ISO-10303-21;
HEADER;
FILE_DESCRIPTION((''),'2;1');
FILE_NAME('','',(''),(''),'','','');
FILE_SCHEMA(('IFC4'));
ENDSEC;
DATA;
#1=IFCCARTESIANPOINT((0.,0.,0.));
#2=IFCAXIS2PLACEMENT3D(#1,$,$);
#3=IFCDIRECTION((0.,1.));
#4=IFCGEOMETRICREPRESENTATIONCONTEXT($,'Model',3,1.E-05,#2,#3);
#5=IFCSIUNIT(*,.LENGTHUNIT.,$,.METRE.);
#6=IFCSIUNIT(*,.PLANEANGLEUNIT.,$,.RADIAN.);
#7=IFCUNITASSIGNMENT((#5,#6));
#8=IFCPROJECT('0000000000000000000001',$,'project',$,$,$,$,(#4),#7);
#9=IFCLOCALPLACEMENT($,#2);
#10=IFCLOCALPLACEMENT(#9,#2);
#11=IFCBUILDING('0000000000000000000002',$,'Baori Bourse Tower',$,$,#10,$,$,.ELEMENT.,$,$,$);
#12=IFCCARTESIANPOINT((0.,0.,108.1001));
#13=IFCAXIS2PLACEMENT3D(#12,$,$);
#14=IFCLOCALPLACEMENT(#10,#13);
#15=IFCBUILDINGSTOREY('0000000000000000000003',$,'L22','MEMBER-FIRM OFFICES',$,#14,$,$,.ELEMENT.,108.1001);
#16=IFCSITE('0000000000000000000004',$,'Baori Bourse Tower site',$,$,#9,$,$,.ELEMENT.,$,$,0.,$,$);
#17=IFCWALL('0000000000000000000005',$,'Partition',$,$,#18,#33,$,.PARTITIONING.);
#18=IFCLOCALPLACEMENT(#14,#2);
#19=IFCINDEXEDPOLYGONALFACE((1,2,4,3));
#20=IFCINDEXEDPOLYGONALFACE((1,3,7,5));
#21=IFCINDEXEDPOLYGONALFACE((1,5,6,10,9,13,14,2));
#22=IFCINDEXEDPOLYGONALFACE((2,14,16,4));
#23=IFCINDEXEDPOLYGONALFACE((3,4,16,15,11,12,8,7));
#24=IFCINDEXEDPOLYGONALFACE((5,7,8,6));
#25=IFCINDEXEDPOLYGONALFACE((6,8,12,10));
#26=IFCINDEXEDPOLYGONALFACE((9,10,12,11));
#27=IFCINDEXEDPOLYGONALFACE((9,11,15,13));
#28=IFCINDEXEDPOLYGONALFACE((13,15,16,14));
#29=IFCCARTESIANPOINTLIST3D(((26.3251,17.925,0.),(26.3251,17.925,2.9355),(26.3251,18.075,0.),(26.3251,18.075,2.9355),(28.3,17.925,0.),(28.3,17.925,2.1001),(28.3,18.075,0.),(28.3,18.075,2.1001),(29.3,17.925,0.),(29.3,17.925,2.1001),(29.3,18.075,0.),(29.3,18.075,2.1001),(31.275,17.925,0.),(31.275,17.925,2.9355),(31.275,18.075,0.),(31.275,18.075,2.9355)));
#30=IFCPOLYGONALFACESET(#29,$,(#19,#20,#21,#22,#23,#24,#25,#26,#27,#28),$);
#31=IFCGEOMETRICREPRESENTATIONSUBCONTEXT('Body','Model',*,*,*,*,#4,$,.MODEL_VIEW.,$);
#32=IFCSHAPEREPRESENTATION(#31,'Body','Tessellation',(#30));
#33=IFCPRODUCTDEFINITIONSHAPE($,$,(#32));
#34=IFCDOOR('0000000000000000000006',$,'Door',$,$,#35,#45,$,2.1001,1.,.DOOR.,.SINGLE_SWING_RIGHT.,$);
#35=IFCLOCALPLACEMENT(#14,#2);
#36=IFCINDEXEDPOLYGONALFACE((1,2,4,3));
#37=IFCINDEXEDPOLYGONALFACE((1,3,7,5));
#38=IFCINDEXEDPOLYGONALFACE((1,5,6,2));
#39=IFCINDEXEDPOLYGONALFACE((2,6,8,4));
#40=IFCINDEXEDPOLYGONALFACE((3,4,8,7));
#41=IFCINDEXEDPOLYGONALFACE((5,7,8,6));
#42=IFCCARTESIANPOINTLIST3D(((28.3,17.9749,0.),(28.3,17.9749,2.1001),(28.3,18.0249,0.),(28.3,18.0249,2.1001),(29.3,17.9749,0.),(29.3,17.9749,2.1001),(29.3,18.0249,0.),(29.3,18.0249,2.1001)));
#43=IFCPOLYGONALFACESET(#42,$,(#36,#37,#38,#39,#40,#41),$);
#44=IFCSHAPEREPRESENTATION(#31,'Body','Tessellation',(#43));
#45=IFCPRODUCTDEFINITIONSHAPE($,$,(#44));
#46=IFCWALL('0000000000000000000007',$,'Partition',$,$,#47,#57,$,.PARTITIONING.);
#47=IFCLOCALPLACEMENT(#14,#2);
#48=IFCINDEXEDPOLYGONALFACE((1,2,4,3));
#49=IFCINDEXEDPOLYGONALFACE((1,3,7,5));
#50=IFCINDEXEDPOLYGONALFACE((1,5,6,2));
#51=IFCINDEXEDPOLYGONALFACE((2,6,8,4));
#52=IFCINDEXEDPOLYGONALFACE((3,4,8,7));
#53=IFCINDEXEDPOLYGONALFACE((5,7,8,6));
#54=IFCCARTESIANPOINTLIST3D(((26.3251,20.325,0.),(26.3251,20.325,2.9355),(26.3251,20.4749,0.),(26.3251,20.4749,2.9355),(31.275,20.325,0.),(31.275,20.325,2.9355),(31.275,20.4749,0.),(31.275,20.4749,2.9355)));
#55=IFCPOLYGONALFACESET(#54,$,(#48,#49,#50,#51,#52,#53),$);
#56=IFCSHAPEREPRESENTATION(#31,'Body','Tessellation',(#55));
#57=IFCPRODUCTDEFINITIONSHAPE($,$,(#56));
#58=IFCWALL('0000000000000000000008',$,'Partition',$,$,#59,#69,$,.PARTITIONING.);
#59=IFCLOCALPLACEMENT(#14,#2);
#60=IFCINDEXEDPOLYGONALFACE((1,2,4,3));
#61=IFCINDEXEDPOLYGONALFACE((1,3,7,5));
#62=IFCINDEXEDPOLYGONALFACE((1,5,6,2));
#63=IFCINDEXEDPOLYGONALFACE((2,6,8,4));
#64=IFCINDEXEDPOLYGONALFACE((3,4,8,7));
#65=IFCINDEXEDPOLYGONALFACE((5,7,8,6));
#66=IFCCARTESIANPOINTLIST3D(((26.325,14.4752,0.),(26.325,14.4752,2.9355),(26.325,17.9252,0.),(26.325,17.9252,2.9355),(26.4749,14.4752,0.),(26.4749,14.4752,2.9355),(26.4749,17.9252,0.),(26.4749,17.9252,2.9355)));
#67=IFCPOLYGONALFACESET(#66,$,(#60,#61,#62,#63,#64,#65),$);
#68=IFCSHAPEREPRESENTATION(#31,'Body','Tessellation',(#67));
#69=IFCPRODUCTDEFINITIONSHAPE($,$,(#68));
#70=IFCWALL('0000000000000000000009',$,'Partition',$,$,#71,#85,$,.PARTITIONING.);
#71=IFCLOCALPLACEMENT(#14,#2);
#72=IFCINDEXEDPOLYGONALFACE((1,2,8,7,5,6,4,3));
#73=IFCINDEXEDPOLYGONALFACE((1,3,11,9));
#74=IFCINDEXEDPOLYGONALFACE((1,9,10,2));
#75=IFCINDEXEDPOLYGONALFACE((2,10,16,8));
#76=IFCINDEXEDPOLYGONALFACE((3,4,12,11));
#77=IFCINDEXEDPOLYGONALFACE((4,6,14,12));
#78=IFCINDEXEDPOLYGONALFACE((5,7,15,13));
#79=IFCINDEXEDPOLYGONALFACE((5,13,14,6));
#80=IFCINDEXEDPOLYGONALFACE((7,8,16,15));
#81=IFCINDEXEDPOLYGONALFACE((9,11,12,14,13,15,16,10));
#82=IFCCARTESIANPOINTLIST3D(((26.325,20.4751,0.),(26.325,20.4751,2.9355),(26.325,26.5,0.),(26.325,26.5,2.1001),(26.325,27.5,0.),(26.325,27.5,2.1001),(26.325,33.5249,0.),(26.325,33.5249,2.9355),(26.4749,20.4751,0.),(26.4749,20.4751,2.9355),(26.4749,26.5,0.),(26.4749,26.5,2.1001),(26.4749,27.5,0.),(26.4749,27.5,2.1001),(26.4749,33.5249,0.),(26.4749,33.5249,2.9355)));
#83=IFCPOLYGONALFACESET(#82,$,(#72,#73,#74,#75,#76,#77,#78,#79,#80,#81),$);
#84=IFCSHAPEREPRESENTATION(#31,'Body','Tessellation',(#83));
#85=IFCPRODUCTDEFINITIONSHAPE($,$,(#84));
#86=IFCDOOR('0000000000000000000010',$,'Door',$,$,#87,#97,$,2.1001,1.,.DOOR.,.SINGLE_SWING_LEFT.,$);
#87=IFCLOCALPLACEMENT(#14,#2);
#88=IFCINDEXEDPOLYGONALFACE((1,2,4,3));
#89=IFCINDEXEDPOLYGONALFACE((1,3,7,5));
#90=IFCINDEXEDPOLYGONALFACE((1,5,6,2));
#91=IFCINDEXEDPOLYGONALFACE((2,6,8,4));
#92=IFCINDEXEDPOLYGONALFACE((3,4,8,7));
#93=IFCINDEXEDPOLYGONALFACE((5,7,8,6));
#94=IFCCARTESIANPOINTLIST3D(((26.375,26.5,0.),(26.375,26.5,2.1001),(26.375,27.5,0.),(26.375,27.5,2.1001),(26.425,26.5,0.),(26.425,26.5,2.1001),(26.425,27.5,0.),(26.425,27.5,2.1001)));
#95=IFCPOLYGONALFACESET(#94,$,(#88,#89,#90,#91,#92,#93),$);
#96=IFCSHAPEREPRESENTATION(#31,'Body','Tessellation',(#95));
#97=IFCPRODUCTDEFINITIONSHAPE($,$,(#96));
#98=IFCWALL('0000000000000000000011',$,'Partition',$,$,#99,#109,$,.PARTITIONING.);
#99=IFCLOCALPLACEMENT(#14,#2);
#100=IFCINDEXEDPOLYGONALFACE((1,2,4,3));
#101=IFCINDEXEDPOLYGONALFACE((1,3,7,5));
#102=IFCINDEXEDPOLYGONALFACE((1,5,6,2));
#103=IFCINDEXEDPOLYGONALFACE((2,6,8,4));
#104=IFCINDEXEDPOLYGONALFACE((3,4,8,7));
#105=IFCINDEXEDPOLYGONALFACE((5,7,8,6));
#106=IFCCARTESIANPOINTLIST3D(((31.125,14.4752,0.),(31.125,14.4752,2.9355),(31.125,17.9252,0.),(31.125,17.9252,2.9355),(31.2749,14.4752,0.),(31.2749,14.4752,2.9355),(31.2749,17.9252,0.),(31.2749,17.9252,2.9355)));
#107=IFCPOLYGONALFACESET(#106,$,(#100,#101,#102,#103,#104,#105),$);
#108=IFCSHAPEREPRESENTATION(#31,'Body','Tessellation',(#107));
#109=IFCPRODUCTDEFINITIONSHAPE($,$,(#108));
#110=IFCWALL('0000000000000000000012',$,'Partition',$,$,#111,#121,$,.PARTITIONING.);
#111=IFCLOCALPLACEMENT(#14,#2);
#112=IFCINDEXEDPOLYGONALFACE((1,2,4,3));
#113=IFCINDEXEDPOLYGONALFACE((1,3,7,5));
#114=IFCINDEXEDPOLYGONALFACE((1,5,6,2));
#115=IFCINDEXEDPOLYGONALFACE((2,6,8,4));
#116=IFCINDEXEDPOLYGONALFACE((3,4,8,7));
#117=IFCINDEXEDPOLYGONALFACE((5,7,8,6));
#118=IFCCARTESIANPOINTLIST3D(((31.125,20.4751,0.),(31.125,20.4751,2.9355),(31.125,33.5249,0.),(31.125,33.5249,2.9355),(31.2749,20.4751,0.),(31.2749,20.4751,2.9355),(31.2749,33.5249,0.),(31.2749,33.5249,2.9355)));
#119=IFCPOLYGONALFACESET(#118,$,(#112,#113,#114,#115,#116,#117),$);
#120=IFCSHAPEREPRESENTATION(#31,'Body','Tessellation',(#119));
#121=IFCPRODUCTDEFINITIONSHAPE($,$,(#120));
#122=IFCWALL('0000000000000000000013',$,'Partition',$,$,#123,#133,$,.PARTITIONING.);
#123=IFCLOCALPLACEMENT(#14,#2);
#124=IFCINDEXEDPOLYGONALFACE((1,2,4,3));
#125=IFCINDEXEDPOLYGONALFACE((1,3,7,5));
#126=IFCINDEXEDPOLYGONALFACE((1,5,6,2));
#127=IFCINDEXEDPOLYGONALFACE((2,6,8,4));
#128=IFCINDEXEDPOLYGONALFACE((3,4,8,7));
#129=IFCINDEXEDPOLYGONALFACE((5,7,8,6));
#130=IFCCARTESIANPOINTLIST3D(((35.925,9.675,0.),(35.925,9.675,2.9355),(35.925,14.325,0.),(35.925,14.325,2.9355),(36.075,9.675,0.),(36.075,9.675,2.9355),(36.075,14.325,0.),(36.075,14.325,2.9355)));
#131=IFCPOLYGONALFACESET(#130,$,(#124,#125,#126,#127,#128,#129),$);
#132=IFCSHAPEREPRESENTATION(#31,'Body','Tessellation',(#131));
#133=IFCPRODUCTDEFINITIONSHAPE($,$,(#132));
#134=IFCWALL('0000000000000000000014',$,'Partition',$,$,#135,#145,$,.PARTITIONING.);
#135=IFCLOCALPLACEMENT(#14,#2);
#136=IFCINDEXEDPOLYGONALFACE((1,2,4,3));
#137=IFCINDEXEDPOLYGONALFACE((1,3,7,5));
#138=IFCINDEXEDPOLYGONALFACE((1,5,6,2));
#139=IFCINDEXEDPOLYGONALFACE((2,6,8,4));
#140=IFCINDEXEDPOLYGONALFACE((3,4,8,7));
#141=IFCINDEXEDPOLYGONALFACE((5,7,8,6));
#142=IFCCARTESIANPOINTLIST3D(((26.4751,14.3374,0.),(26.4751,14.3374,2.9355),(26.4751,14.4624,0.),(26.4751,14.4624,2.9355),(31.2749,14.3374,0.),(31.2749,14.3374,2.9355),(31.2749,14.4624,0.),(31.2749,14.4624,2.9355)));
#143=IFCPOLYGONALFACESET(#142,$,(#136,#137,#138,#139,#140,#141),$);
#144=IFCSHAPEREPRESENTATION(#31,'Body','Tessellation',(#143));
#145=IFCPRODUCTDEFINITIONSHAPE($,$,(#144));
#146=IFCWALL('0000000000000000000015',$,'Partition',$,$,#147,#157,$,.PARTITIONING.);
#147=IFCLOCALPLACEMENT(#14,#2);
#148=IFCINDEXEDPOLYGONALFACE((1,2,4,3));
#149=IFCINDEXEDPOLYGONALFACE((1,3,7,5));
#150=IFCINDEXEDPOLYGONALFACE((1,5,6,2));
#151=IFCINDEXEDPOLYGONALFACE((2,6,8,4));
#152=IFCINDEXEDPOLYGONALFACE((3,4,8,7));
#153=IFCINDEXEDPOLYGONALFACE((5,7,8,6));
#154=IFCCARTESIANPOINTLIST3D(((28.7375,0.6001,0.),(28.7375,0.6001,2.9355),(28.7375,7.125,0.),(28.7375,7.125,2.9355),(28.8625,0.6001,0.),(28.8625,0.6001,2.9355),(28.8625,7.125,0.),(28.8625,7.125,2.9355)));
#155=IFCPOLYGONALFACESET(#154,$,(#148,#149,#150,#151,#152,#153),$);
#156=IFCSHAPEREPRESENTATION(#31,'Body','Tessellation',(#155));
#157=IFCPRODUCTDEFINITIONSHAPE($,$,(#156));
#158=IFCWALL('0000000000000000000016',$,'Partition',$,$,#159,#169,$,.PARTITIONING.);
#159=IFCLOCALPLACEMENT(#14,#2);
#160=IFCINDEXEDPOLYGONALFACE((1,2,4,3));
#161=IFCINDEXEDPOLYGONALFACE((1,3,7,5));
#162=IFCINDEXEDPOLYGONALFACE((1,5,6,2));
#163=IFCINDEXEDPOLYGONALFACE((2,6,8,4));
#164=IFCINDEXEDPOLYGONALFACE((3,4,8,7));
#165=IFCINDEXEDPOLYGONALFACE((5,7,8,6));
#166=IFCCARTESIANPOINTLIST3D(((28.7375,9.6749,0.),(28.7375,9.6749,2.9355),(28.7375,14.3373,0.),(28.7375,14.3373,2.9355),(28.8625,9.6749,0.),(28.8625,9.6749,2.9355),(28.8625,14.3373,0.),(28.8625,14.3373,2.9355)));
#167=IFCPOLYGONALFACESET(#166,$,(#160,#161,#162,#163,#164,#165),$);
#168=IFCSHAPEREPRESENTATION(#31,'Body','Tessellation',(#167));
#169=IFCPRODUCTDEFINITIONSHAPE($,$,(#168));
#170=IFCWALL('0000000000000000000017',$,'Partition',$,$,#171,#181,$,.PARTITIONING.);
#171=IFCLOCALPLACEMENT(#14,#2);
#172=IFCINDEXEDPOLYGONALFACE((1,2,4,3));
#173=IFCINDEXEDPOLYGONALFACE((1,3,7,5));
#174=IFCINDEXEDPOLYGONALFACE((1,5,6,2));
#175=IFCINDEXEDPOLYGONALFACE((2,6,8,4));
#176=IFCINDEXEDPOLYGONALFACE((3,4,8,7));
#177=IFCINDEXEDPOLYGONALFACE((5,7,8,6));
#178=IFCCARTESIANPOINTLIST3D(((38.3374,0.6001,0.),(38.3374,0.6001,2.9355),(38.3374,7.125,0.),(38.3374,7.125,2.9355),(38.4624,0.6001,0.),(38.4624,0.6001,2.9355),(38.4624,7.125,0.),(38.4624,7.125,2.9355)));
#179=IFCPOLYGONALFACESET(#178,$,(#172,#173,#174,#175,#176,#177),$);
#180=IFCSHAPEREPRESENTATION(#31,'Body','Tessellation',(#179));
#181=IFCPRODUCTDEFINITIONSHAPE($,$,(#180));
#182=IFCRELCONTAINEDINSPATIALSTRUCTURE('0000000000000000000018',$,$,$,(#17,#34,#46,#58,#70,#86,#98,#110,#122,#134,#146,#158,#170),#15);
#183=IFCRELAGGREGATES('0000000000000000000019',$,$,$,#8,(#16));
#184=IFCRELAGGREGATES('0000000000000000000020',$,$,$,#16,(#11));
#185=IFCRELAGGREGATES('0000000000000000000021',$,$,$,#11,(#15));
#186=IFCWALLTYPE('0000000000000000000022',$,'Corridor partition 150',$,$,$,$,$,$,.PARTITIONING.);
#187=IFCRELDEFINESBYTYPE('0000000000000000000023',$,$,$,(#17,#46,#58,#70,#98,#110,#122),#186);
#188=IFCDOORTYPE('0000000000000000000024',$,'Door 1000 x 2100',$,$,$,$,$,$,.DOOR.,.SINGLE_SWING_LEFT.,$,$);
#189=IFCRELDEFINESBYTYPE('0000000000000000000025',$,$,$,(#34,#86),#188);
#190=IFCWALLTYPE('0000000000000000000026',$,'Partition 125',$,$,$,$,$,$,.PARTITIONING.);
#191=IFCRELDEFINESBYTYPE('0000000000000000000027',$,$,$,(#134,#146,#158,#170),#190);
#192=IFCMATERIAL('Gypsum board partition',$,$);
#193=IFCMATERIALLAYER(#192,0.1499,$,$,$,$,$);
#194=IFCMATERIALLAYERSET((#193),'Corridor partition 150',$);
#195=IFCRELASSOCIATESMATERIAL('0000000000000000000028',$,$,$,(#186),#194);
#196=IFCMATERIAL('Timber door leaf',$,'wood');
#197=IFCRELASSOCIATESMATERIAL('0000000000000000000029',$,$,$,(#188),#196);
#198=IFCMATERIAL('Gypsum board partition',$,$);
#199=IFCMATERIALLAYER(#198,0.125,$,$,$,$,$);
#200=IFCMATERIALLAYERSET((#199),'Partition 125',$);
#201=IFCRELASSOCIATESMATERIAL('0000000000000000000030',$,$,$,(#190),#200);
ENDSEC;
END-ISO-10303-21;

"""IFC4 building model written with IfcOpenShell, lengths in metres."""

from ifc_helpers import new_model, si_unit, direction, frame, frame_2d, origin, place, context, subcontext, project, spatial, rectangle, extrude, material, layer, layer_set, type_object, element, fill, save


model = new_model("IFC4")

# Units and contexts
model_context = context("Model", 3, precision=1e-05, world=origin(), true_north=direction((0.0, 1.0)))
body_context = subcontext(model_context, "Body", "Model", "MODEL_VIEW")
ifc_project = project(units=[si_unit("LENGTHUNIT", "METRE"), si_unit("PLANEANGLEUNIT", "RADIAN")], contexts=[model_context])

# Site, building, storey
site_placement = place(None, origin())
site = spatial("IfcSite", under=ifc_project, at=site_placement, Name="Baori Bourse Tower site", CompositionType="ELEMENT", RefElevation=0.0)
building_placement = place(site_placement, origin())
building = spatial("IfcBuilding", under=site, at=building_placement, Name="Baori Bourse Tower", CompositionType="ELEMENT")
storey_placement = place(building_placement, frame((0.0, 0.0, 108.1001)))
storey = spatial("IfcBuildingStorey", under=building, at=storey_placement, Name="L22", Description="MEMBER-FIRM OFFICES", CompositionType="ELEMENT", Elevation=108.1001)

# Shared definitions
ifc_material_1 = material(Name="Gypsum board partition")
ifc_layer_1 = layer(ifc_material_1, 0.1499)
ifc_layer_set_1 = layer_set([ifc_layer_1], Name="Corridor partition 150")
wall_type_1 = type_object("IfcWallType", Name="Corridor partition 150", PredefinedType="PARTITIONING", material=ifc_layer_set_1)

# Wall, opening, door
wall_1_placement = place(storey_placement, frame((26.325, 18.0, 0.0), z_axis=(0.0, 0.0, 1.0), x_axis=(1.0, 0.0, 0.0)))
wall_1 = element("IfcWall", 1, at=wall_1_placement, inside=storey, type_object=wall_type_1, Name="Partition", PredefinedType="PARTITIONING", context=body_context, shape_type="SweptSolid", body=[
    extrude(rectangle(XDim=4.95, YDim=0.1499, at=frame_2d((2.4751, 0.0))), origin(), (0.0, 0.0, 1.0), 2.9355),
])
opening_1_placement = place(wall_1_placement, frame((1.9751, 0.0, 0.0)))
opening_1 = element("IfcOpeningElement", 2, at=opening_1_placement, cuts=wall_1, PredefinedType="OPENING", context=body_context, shape_type="SweptSolid", body=[
    extrude(rectangle(XDim=1.0, YDim=2.1001, at=frame_2d((0.5, 1.05))), frame((0.0, 0.085, 0.0), z_axis=(0.0, -1.0, 0.0), x_axis=(1.0, 0.0, 0.0)), (0.0, 0.0, 1.0), 0.1699),
])
ifc_material_2 = material(Name="Timber door leaf", Category="wood")
door_type_1 = type_object("IfcDoorType", Name="Door 1000 x 2100", OperationType="SINGLE_SWING_LEFT", PredefinedType="DOOR", material=ifc_material_2)
door_1_placement = place(opening_1_placement, origin())
door_1 = element("IfcDoor", 3, at=door_1_placement, inside=storey, type_object=door_type_1, Name="Door", OperationType="SINGLE_SWING_RIGHT", OverallHeight=2.1001, OverallWidth=1.0, PredefinedType="DOOR", context=body_context, shape_type="SweptSolid", body=[
    extrude(rectangle(XDim=1.0, YDim=2.1001, at=frame_2d((0.5, 1.05))), frame((0.0, 0.0249, 0.0), z_axis=(0.0, -1.0, 0.0), x_axis=(1.0, 0.0, 0.0)), (0.0, 0.0, 1.0), 0.05),
])
fill(opening_1, door_1)

# Walls
wall_2_placement = place(storey_placement, frame((26.325, 20.3999, 0.0), z_axis=(0.0, 0.0, 1.0), x_axis=(1.0, 0.0, 0.0)))
element("IfcWall", 4, at=wall_2_placement, inside=storey, type_object=wall_type_1, Name="Partition", PredefinedType="PARTITIONING", context=body_context, shape_type="SweptSolid", body=[
    extrude(rectangle(XDim=4.95, YDim=0.1499, at=frame_2d((2.4751, 0.0))), origin(), (0.0, 0.0, 1.0), 2.9355),
])
wall_3_placement = place(storey_placement, frame((26.3999, 14.4751, 0.0), z_axis=(0.0, 0.0, 1.0), x_axis=(0.0, 1.0, 0.0)))
element("IfcWall", 5, at=wall_3_placement, inside=storey, type_object=wall_type_1, Name="Partition", PredefinedType="PARTITIONING", context=body_context, shape_type="SweptSolid", body=[
    extrude(rectangle(XDim=3.45, YDim=0.1499, at=frame_2d((1.7251, 0.0))), origin(), (0.0, 0.0, 1.0), 2.9355),
])

# Wall, opening, door
wall_4_placement = place(storey_placement, frame((26.3999, 20.4751, 0.0), z_axis=(0.0, 0.0, 1.0), x_axis=(0.0, 1.0, 0.0)))
wall_4 = element("IfcWall", 6, at=wall_4_placement, inside=storey, type_object=wall_type_1, Name="Partition", PredefinedType="PARTITIONING", context=body_context, shape_type="SweptSolid", body=[
    extrude(rectangle(XDim=13.0498, YDim=0.1499, at=frame_2d((6.5249, 0.0))), origin(), (0.0, 0.0, 1.0), 2.9355),
])
opening_2_placement = place(wall_4_placement, frame((6.0249, 0.0, 0.0)))
opening_2 = element("IfcOpeningElement", 7, at=opening_2_placement, cuts=wall_4, PredefinedType="OPENING", context=body_context, shape_type="SweptSolid", body=[
    extrude(rectangle(XDim=1.0, YDim=2.1001, at=frame_2d((0.5, 1.05))), frame((0.0, 0.085, 0.0), z_axis=(0.0, -1.0, 0.0), x_axis=(1.0, 0.0, 0.0)), (0.0, 0.0, 1.0), 0.1699),
])
door_2_placement = place(opening_2_placement, origin())
door_2 = element("IfcDoor", 8, at=door_2_placement, inside=storey, type_object=door_type_1, Name="Door", OperationType="SINGLE_SWING_LEFT", OverallHeight=2.1001, OverallWidth=1.0, PredefinedType="DOOR", context=body_context, shape_type="SweptSolid", body=[
    extrude(rectangle(XDim=1.0, YDim=2.1001, at=frame_2d((0.5, 1.05))), frame((0.0, 0.0249, 0.0), z_axis=(0.0, -1.0, 0.0), x_axis=(1.0, 0.0, 0.0)), (0.0, 0.0, 1.0), 0.05),
])
fill(opening_2, door_2)

# Walls
wall_5_placement = place(storey_placement, frame((31.2, 14.4751, 0.0), z_axis=(0.0, 0.0, 1.0), x_axis=(0.0, 1.0, 0.0)))
element("IfcWall", 9, at=wall_5_placement, inside=storey, type_object=wall_type_1, Name="Partition", PredefinedType="PARTITIONING", context=body_context, shape_type="SweptSolid", body=[
    extrude(rectangle(XDim=3.45, YDim=0.1499, at=frame_2d((1.7251, 0.0))), origin(), (0.0, 0.0, 1.0), 2.9355),
])
wall_6_placement = place(storey_placement, frame((31.2, 20.4751, 0.0), z_axis=(0.0, 0.0, 1.0), x_axis=(0.0, 1.0, 0.0)))
element("IfcWall", 10, at=wall_6_placement, inside=storey, type_object=wall_type_1, Name="Partition", PredefinedType="PARTITIONING", context=body_context, shape_type="SweptSolid", body=[
    extrude(rectangle(XDim=13.0498, YDim=0.1499, at=frame_2d((6.5249, 0.0))), origin(), (0.0, 0.0, 1.0), 2.9355),
])
wall_7_placement = place(storey_placement, frame((36.0, 9.675, 0.0), z_axis=(0.0, 0.0, 1.0), x_axis=(0.0, 1.0, 0.0)))
element("IfcWall", 11, at=wall_7_placement, inside=storey, type_object=wall_type_1, Name="Partition", PredefinedType="PARTITIONING", context=body_context, shape_type="SweptSolid", body=[
    extrude(rectangle(XDim=4.6499, YDim=0.1499, at=frame_2d((2.325, 0.0))), origin(), (0.0, 0.0, 1.0), 2.9355),
])
ifc_material_3 = material(Name="Gypsum board partition")
ifc_layer_2 = layer(ifc_material_3, 0.125)
ifc_layer_set_2 = layer_set([ifc_layer_2], Name="Partition 125")
wall_type_2 = type_object("IfcWallType", Name="Partition 125", PredefinedType="PARTITIONING", material=ifc_layer_set_2)
wall_8_placement = place(storey_placement, frame((26.4751, 14.3999, 0.0), z_axis=(0.0, 0.0, 1.0), x_axis=(1.0, 0.0, 0.0)))
element("IfcWall", 12, at=wall_8_placement, inside=storey, type_object=wall_type_2, Name="Partition", PredefinedType="PARTITIONING", context=body_context, shape_type="SweptSolid", body=[
    extrude(rectangle(XDim=4.7998, YDim=0.125, at=frame_2d((2.3999, 0.0))), origin(), (0.0, 0.0, 1.0), 2.9355),
])
wall_9_placement = place(storey_placement, frame((28.8, 0.6001, 0.0), z_axis=(0.0, 0.0, 1.0), x_axis=(0.0, 1.0, 0.0)))
element("IfcWall", 13, at=wall_9_placement, inside=storey, type_object=wall_type_2, Name="Partition", PredefinedType="PARTITIONING", context=body_context, shape_type="SweptSolid", body=[
    extrude(rectangle(XDim=6.5249, YDim=0.125, at=frame_2d((3.2625, 0.0))), origin(), (0.0, 0.0, 1.0), 2.9355),
])
wall_10_placement = place(storey_placement, frame((28.8, 9.675, 0.0), z_axis=(0.0, 0.0, 1.0), x_axis=(0.0, 1.0, 0.0)))
element("IfcWall", 14, at=wall_10_placement, inside=storey, type_object=wall_type_2, Name="Partition", PredefinedType="PARTITIONING", context=body_context, shape_type="SweptSolid", body=[
    extrude(rectangle(XDim=4.6624, YDim=0.125, at=frame_2d((2.3311, 0.0))), origin(), (0.0, 0.0, 1.0), 2.9355),
])
wall_11_placement = place(storey_placement, frame((38.3999, 0.6001, 0.0), z_axis=(0.0, 0.0, 1.0), x_axis=(0.0, 1.0, 0.0)))
element("IfcWall", 15, at=wall_11_placement, inside=storey, type_object=wall_type_2, Name="Partition", PredefinedType="PARTITIONING", context=body_context, shape_type="SweptSolid", body=[
    extrude(rectangle(XDim=6.5249, YDim=0.125, at=frame_2d((3.2625, 0.0))), origin(), (0.0, 0.0, 1.0), 2.9355),
])

save(model, "model.ifc")
